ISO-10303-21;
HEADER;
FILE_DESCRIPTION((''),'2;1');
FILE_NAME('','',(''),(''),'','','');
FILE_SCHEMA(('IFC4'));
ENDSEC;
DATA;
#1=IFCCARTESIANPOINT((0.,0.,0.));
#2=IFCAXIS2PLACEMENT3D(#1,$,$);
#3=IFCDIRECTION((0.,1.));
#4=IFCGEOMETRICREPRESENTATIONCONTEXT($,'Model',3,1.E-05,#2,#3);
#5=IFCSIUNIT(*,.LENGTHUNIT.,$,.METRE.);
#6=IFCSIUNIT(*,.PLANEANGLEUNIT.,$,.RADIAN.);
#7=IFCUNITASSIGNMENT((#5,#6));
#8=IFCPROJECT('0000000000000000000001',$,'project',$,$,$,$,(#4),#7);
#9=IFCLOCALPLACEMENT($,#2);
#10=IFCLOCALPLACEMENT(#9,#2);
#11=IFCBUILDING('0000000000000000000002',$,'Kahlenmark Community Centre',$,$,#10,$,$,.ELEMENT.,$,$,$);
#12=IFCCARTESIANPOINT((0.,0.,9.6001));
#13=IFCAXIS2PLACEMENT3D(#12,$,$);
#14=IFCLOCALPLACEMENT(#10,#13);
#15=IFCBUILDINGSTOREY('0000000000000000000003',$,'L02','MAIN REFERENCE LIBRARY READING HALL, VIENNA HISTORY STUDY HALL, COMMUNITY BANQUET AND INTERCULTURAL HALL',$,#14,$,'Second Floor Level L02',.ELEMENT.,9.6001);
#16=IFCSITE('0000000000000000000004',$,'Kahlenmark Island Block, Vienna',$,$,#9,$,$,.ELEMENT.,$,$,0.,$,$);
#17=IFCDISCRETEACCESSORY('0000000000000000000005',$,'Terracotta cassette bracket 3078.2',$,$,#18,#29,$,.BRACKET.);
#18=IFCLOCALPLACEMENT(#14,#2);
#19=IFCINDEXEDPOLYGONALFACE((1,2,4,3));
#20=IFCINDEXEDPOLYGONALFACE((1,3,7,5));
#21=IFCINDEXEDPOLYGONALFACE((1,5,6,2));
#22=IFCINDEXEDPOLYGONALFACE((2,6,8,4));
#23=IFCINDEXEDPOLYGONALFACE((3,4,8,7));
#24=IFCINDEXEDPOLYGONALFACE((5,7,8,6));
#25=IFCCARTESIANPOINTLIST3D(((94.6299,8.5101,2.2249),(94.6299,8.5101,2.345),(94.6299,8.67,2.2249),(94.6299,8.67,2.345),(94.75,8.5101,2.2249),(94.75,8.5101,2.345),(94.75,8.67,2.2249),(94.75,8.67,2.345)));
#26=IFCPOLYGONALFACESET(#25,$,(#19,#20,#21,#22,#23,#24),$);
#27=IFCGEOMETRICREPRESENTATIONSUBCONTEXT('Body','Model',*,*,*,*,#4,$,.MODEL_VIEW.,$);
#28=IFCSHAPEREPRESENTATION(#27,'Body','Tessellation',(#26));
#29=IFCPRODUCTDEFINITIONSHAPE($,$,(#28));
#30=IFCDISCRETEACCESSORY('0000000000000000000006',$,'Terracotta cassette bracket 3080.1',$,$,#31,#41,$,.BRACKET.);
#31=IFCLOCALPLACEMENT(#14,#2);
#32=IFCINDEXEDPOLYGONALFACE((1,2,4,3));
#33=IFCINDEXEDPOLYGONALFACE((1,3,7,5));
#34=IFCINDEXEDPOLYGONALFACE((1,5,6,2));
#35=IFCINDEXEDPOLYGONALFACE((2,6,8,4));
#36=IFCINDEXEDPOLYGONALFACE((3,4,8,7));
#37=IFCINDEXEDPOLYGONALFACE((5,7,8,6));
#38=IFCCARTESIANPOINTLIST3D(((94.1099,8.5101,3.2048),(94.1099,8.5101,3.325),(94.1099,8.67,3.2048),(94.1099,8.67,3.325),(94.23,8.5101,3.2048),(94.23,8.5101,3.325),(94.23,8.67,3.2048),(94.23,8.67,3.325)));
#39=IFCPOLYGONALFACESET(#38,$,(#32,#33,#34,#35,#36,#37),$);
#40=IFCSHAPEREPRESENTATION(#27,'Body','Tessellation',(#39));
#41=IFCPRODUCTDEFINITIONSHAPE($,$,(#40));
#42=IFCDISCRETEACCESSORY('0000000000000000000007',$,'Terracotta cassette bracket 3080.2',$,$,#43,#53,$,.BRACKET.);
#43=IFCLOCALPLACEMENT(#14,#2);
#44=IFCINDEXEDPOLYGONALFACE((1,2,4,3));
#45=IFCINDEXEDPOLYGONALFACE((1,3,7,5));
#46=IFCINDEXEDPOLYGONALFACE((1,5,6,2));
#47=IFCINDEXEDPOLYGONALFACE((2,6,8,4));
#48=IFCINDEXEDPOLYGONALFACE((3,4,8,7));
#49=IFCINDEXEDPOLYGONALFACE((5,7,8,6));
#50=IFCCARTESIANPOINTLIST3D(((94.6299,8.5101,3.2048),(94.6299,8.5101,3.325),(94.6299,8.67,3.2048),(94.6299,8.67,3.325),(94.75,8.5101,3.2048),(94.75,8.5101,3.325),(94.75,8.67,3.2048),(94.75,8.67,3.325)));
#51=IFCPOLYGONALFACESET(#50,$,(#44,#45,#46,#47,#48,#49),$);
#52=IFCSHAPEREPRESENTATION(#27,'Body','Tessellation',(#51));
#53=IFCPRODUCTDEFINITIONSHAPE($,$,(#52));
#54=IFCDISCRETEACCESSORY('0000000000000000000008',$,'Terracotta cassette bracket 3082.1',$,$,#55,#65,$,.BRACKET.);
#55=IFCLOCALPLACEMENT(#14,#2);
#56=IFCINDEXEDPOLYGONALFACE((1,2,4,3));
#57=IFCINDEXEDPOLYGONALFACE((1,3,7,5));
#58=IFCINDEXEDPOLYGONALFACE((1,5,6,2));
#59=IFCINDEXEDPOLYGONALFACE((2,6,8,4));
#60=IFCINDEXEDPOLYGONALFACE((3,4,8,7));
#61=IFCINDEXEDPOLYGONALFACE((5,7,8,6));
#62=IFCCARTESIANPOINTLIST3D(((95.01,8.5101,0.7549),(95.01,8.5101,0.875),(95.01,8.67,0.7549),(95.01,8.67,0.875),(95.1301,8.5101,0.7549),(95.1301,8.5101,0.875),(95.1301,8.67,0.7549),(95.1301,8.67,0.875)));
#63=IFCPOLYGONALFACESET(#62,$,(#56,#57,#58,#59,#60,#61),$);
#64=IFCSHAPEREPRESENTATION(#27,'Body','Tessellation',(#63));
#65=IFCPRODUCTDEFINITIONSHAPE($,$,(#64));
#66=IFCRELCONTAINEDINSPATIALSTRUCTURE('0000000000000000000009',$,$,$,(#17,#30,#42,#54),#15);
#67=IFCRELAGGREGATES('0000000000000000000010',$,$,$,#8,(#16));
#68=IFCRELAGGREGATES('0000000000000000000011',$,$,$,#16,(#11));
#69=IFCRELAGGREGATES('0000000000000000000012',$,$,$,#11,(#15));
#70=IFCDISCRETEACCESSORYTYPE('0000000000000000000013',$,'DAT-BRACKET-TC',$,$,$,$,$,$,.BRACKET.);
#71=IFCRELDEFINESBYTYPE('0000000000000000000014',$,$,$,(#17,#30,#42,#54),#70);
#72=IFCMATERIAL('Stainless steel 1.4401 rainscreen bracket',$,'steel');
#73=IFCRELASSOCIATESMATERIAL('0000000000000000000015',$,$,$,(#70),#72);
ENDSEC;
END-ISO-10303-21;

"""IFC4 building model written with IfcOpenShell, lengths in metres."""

from ifc_helpers import new_model, si_unit, direction, frame, origin, origin_2d, place, context, subcontext, project, spatial, rectangle, extrude, material, type_object, element, save


model = new_model("IFC4")

# Units and contexts
model_context = context("Model", 3, precision=1e-05, world=origin(), true_north=direction((0.0, 1.0)))
body_context = subcontext(model_context, "Body", "Model", "MODEL_VIEW")
ifc_project = project(units=[si_unit("LENGTHUNIT", "METRE"), si_unit("PLANEANGLEUNIT", "RADIAN")], contexts=[model_context])

# Site, building, storey
site_placement = place(None, origin())
site = spatial("IfcSite", under=ifc_project, at=site_placement, Name="Kahlenmark Island Block, Vienna", CompositionType="ELEMENT", RefElevation=0.0)
building_placement = place(site_placement, origin())
building = spatial("IfcBuilding", under=site, at=building_placement, Name="Kahlenmark Community Centre", CompositionType="ELEMENT")
storey_placement = place(building_placement, frame((0.0, 0.0, 9.6001)))
storey = spatial("IfcBuildingStorey", under=building, at=storey_placement, Name="L02", Description="MAIN REFERENCE LIBRARY READING HALL, VIENNA HISTORY STUDY HALL, COMMUNITY BANQUET AND INTERCULTURAL HALL", LongName="Second Floor Level L02", CompositionType="ELEMENT", Elevation=9.6001)

# Discrete accessories
ifc_material_1 = material(Name="Stainless steel 1.4401 rainscreen bracket", Category="steel")
discrete_accessory_type = type_object("IfcDiscreteAccessoryType", Name="DAT-BRACKET-TC", PredefinedType="BRACKET", material=ifc_material_1)
for number, where, z_axis, x_axis, name in (
    (1, (94.6899, 8.5901, 2.2249), (0.0, 0.0, 1.0), (1.0, 0.0, 0.0), "Terracotta cassette bracket 3078.2"),
    (2, (94.1699, 8.5901, 3.2048), (0.0, 0.0, 1.0), (1.0, 0.0, 0.0), "Terracotta cassette bracket 3080.1"),
    (3, (94.6899, 8.5901, 3.2048), (0.0, 0.0, 1.0), (1.0, 0.0, 0.0), "Terracotta cassette bracket 3080.2"),
    (4, (95.0701, 8.5901, 0.7549), (0.0, 0.0, 1.0), (1.0, 0.0, 0.0), "Terracotta cassette bracket 3082.1"),
):
    element("IfcDiscreteAccessory", number, at=place(storey_placement, frame(where, z_axis=z_axis, x_axis=x_axis)), inside=storey, type_object=discrete_accessory_type, Name=name, PredefinedType="BRACKET", context=body_context, shape_type="SweptSolid", body=[
        extrude(rectangle(XDim=0.1201, YDim=0.1599, at=origin_2d()), origin(), (0.0, 0.0, 1.0), 0.1201),
    ])

save(model, "model.ifc")
